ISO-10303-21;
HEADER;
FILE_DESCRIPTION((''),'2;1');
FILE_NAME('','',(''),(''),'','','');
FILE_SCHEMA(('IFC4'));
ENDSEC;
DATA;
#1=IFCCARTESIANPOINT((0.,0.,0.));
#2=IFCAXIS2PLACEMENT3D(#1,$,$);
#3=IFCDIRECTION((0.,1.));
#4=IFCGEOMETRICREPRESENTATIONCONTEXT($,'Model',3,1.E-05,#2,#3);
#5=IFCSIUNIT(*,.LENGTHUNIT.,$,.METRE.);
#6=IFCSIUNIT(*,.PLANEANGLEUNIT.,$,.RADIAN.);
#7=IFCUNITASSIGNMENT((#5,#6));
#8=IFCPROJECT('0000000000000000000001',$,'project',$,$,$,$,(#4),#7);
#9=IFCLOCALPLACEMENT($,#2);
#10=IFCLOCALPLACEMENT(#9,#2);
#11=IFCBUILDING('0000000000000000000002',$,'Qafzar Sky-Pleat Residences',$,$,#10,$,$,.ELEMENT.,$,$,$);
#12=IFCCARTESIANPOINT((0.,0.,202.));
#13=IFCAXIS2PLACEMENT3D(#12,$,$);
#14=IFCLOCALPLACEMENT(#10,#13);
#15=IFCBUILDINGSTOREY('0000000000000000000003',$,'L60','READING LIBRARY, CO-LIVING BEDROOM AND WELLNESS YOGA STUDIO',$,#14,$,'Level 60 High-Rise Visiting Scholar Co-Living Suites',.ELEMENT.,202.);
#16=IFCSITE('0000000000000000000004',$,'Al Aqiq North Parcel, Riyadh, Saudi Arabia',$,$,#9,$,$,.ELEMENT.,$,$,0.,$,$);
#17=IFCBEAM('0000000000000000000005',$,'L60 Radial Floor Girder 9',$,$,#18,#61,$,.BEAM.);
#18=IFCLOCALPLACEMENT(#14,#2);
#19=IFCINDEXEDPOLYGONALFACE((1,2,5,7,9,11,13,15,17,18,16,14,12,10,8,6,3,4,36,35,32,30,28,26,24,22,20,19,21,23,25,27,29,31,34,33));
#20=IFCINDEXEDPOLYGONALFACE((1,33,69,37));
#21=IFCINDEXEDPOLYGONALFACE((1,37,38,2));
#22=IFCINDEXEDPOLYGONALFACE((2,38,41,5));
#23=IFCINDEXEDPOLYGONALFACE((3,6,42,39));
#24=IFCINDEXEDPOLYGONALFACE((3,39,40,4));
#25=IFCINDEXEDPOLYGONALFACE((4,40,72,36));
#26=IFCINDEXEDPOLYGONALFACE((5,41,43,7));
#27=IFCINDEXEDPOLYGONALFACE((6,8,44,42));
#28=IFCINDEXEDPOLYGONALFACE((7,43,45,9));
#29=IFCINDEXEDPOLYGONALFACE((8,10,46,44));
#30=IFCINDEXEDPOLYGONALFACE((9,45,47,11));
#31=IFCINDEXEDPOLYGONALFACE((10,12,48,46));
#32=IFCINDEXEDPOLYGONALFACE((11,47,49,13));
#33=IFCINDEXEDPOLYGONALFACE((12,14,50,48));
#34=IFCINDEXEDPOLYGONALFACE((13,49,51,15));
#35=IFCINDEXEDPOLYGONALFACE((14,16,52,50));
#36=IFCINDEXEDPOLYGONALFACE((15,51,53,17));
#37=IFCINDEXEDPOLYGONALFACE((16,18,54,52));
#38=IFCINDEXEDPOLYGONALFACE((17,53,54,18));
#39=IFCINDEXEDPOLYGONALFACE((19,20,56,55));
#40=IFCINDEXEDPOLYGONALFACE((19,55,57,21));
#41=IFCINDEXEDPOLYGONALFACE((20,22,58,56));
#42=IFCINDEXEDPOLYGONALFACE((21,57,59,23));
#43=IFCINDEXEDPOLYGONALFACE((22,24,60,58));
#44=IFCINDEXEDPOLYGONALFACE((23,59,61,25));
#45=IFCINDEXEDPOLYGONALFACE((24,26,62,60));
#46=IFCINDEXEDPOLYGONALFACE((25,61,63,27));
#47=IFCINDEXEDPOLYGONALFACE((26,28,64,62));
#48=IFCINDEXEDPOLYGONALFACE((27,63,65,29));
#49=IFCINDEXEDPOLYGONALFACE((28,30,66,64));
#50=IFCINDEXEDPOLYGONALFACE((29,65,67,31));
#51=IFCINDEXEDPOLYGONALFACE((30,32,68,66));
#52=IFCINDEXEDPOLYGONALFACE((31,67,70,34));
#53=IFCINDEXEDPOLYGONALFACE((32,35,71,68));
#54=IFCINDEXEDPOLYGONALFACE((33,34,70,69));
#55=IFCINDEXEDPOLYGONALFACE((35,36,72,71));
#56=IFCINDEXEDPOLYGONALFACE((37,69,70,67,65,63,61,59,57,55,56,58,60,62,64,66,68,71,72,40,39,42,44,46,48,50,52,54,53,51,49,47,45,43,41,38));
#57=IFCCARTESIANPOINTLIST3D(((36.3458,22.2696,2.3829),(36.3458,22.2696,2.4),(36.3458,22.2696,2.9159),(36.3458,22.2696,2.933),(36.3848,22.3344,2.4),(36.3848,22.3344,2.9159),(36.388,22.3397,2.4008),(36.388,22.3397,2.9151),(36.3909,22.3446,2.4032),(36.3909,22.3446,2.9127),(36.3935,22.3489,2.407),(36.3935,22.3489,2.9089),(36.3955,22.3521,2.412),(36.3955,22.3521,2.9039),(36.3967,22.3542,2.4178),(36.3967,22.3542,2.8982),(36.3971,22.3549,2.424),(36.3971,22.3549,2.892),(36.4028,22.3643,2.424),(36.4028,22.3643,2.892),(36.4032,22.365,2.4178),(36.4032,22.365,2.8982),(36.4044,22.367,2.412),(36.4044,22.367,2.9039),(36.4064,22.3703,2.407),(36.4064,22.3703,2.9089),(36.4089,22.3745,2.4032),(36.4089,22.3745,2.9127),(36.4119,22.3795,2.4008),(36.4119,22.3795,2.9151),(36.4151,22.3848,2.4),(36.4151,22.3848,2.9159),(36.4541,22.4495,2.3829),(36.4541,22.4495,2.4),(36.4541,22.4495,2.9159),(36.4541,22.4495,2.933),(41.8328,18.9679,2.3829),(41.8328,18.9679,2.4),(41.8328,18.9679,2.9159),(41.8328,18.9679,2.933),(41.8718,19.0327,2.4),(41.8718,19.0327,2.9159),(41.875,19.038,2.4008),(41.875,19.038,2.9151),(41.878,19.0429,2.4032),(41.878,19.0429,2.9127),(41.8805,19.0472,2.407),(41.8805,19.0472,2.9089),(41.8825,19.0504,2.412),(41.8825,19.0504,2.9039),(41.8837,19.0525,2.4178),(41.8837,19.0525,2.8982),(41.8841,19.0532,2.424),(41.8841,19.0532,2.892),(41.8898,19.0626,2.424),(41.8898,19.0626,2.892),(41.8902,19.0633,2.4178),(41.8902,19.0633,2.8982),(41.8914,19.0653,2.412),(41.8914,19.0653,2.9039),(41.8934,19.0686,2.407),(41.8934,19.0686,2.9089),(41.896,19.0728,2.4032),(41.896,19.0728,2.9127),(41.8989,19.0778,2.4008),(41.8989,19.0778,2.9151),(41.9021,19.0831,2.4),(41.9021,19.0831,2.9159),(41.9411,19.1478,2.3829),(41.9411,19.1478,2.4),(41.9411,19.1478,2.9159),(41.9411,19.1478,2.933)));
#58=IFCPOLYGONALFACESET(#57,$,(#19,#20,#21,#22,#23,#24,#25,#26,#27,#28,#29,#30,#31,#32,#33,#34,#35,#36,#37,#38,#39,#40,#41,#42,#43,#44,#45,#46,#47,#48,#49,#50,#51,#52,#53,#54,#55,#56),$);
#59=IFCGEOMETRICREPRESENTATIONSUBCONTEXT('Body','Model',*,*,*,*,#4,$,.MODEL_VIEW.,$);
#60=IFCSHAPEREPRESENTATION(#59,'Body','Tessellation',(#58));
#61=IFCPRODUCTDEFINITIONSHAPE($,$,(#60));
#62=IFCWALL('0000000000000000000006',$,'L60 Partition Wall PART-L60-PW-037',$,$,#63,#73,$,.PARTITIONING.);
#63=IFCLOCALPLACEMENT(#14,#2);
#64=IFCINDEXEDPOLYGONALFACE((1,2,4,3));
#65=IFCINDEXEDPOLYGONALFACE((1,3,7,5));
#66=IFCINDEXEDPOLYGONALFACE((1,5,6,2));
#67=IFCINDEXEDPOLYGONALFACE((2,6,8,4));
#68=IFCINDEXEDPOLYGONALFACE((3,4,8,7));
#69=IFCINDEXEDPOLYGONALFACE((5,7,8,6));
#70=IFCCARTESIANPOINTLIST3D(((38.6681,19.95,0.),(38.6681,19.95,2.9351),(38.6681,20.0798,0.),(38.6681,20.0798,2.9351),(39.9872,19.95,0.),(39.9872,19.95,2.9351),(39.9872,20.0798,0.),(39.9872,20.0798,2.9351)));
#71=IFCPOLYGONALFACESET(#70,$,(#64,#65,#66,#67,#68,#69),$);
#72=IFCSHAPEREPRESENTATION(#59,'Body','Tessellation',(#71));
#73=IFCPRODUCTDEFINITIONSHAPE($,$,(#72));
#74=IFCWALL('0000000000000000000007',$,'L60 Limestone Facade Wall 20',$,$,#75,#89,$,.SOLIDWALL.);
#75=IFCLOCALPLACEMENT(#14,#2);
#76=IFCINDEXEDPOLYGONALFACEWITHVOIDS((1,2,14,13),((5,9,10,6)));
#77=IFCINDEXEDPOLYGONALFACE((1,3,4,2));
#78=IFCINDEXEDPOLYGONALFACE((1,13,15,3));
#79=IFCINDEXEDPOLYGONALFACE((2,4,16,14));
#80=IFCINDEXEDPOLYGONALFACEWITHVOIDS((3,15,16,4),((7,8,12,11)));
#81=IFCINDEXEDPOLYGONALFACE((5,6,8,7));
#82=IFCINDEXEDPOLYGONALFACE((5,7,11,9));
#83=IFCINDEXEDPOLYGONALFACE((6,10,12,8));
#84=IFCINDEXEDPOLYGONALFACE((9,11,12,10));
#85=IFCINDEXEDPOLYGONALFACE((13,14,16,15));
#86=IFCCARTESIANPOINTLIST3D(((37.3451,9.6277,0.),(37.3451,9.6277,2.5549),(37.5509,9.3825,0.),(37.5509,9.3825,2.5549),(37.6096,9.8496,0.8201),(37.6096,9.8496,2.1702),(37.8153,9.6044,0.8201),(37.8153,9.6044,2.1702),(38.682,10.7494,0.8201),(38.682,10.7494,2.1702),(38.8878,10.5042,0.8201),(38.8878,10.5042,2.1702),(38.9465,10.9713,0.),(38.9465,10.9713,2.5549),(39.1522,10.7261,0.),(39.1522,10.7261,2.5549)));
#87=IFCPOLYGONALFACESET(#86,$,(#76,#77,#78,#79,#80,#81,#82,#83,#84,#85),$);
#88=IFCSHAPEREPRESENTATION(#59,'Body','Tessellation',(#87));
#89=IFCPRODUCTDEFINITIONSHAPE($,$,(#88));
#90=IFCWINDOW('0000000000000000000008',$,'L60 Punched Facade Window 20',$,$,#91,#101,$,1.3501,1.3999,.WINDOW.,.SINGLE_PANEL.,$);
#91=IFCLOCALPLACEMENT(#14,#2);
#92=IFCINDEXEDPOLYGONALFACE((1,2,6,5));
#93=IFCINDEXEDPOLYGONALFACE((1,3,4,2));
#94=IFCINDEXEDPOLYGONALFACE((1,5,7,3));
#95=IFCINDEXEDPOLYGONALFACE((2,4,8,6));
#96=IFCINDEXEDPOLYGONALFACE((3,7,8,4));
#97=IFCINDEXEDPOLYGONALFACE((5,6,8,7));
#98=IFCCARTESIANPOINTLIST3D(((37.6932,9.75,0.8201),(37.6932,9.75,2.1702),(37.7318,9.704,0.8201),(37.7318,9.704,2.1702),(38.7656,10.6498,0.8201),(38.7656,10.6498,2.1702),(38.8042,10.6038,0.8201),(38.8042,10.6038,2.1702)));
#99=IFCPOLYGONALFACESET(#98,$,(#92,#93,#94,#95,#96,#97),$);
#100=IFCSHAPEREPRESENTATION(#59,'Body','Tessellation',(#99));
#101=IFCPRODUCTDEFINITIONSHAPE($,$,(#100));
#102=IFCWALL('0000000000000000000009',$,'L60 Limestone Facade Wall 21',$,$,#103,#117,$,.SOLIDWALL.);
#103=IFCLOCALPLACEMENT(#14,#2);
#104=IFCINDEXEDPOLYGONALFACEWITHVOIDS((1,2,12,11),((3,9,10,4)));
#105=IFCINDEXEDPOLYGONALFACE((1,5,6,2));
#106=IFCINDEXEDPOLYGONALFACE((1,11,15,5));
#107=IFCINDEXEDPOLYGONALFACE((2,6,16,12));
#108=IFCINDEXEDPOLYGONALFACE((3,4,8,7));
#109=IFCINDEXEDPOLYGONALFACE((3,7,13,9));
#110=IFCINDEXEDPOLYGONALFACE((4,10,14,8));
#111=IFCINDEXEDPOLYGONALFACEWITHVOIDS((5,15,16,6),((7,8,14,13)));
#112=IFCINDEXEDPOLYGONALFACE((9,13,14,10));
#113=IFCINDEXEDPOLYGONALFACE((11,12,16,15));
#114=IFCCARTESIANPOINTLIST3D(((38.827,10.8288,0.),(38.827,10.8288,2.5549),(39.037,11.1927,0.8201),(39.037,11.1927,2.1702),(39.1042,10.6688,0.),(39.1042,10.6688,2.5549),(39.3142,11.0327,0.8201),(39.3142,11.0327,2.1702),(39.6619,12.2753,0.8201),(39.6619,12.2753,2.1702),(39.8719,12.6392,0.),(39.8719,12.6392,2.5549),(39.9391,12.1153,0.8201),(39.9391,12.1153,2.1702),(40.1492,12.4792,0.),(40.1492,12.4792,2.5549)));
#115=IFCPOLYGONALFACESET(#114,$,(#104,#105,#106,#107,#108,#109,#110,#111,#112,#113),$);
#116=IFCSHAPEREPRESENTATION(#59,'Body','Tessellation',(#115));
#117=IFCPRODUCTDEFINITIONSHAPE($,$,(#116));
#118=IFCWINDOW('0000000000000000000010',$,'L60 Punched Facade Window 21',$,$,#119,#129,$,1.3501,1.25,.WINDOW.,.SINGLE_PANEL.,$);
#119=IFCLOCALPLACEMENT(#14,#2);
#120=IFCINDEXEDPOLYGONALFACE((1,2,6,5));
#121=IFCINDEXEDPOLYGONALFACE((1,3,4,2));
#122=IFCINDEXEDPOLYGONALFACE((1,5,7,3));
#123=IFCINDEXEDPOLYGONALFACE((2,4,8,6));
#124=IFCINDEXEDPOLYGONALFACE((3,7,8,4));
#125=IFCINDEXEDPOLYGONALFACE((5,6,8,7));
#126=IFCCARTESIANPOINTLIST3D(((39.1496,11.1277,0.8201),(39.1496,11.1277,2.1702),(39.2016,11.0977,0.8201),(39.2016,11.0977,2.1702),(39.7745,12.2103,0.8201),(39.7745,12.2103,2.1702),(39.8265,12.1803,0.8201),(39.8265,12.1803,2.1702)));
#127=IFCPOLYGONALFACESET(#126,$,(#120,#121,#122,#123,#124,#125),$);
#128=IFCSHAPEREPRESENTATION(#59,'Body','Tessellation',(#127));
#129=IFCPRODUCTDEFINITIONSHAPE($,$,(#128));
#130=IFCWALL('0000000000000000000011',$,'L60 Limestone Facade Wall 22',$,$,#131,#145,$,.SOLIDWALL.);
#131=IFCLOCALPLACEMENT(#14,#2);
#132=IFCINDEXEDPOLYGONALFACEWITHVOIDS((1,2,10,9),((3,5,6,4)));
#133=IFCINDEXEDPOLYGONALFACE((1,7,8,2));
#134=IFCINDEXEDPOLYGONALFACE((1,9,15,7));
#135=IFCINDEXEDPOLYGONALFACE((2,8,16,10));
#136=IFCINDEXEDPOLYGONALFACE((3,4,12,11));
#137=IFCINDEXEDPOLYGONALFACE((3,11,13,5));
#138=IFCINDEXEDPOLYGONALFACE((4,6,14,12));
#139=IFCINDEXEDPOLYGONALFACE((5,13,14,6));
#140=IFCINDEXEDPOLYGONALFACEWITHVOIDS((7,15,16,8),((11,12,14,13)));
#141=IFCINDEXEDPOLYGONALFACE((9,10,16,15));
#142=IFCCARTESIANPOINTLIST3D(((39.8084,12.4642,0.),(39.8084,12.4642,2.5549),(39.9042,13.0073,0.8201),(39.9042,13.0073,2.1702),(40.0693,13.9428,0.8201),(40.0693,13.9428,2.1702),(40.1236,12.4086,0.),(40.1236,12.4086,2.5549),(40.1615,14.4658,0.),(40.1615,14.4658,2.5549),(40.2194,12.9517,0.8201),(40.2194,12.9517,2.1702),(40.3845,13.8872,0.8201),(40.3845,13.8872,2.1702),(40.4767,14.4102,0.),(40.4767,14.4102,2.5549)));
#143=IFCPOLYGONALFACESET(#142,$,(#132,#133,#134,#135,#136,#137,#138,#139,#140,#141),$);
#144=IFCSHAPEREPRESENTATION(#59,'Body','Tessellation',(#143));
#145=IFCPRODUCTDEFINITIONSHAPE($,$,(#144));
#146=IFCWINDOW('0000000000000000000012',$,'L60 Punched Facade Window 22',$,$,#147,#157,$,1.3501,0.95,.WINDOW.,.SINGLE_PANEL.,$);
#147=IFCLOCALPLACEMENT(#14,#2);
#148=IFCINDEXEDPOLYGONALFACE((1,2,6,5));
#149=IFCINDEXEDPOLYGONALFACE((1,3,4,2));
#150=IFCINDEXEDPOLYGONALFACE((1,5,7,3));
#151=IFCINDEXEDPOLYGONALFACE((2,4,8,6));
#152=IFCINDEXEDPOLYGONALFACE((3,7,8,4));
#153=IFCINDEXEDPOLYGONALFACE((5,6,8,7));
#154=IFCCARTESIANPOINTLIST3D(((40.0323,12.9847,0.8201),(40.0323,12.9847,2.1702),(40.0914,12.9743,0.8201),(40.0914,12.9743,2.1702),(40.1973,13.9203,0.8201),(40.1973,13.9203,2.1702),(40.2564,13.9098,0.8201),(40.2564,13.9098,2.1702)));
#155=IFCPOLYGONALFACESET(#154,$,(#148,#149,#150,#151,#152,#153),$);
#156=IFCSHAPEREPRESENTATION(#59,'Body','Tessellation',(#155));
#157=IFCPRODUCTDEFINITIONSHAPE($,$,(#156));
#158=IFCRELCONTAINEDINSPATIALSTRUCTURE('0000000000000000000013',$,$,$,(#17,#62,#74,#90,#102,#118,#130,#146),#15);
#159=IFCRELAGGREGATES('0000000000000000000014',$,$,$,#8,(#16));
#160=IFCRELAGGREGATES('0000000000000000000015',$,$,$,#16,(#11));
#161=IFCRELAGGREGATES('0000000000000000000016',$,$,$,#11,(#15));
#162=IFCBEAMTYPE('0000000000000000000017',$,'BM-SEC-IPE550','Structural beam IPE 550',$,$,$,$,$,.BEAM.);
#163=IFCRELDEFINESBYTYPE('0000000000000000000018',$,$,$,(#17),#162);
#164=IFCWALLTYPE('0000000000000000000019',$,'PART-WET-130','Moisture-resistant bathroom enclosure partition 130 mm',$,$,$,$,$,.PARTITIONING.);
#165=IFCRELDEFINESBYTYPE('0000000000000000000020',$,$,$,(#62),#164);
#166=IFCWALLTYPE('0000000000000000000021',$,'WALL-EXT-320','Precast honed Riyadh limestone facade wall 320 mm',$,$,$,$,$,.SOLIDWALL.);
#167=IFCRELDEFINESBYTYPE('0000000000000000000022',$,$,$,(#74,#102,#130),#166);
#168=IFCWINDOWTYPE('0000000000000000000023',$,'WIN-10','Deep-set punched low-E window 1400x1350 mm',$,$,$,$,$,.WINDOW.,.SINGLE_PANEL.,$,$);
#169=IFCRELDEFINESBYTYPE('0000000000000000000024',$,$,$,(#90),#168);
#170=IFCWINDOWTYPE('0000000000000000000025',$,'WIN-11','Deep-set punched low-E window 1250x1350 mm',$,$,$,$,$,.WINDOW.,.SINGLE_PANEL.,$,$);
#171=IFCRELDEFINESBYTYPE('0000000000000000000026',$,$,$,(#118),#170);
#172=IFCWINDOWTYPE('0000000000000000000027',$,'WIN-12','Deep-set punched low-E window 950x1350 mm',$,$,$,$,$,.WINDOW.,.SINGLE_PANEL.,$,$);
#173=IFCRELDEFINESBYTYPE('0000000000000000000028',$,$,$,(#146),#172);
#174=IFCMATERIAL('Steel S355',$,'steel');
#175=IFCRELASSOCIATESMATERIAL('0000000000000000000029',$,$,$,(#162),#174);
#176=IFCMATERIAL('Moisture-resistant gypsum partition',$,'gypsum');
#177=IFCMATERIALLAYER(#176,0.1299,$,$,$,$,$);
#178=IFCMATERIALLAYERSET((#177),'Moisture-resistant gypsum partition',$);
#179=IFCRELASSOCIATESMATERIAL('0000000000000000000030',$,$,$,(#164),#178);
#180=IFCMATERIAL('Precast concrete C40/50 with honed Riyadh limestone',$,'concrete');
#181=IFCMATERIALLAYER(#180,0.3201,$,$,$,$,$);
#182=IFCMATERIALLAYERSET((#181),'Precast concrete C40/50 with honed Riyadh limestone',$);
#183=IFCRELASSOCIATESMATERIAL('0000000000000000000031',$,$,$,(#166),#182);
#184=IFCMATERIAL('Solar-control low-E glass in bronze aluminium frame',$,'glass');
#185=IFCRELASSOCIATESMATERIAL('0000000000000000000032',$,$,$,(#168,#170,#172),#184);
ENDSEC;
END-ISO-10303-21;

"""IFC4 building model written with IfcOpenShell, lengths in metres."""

from ifc_helpers import new_model, si_unit, direction, frame, frame_2d, origin, origin_2d, place, context, subcontext, project, spatial, rectangle, i_section, extrude, source, transform, mapped, material, layer, layer_set, material_profile, profile_set, type_object, element, fill, save


model = new_model("IFC4")

# Units and contexts
model_context = context("Model", 3, precision=1e-05, world=origin(), true_north=direction((0.0, 1.0)))
body_context = subcontext(model_context, "Body", "Model", "MODEL_VIEW")
ifc_project = project(units=[si_unit("LENGTHUNIT", "METRE"), si_unit("PLANEANGLEUNIT", "RADIAN")], contexts=[model_context])

# Site, building, storey
site_placement = place(None, origin())
site = spatial("IfcSite", under=ifc_project, at=site_placement, Name="Al Aqiq North Parcel, Riyadh, Saudi Arabia", CompositionType="ELEMENT", RefElevation=0.0)
building_placement = place(site_placement, origin())
building = spatial("IfcBuilding", under=site, at=building_placement, Name="Qafzar Sky-Pleat Residences", CompositionType="ELEMENT")
storey_placement = place(building_placement, frame((0.0, 0.0, 202.0)))
storey = spatial("IfcBuildingStorey", under=building, at=storey_placement, Name="L60", Description="READING LIBRARY, CO-LIVING BEDROOM AND WELLNESS YOGA STUDIO", LongName="Level 60 High-Rise Visiting Scholar Co-Living Suites", CompositionType="ELEMENT", Elevation=202.0)

# Shared definitions
ifc_material_1 = material(Name="Steel S355", Category="steel")

# Beam
ifc_material_profile_1 = material_profile(ifc_material_1, i_section(OverallWidth=0.21, OverallDepth=0.55, WebThickness=0.011, FlangeThickness=0.0171, FilletRadius=0.0239, at=origin_2d()), Name="IPE 550")
ifc_profile_set_1 = profile_set([ifc_material_profile_1], Name="Steel S355")
beam_type_1 = type_object("IfcBeamType", Name="BM-SEC-IPE550", Description="Structural beam IPE 550", PredefinedType="BEAM", material=ifc_profile_set_1)
shared_shape_1 = source(origin(), body_context, "Body", "SweptSolid", [
    extrude(i_section(OverallWidth=0.21, OverallDepth=0.55, WebThickness=0.011, FlangeThickness=0.0171, FilletRadius=0.0239, at=origin_2d()), origin(), (0.0, 0.0, 1.0), 6.4038),
])
beam_1_placement = place(storey_placement, frame((41.887, 19.0579, 2.658), z_axis=(-0.856836, 0.515589, 0.0), x_axis=(-0.515589, -0.856836, 0.0)))
element("IfcBeam", 1, at=beam_1_placement, inside=storey, type_object=beam_type_1, Name="L60 Radial Floor Girder 9", PredefinedType="BEAM", context=body_context, shape_type="MappedRepresentation", body=[
    mapped(shared_shape_1, transform((0.0, 0.0, 0.0), x_axis=(1.0, 0.0, 0.0), y_axis=(0.0, 1.0, 0.0), z_axis=(0.0, 0.0, 1.0), scale=1.0)),
])

# Wall
ifc_material_2 = material(Name="Moisture-resistant gypsum partition", Category="gypsum")
ifc_layer_1 = layer(ifc_material_2, 0.1299)
ifc_layer_set_1 = layer_set([ifc_layer_1], Name="Moisture-resistant gypsum partition")
wall_type_1 = type_object("IfcWallType", Name="PART-WET-130", Description="Moisture-resistant bathroom enclosure partition 130 mm", PredefinedType="PARTITIONING", material=ifc_layer_set_1)
wall_1_placement = place(storey_placement, frame((38.668, 20.0149, 0.0), z_axis=(0.0, 0.0, 1.0), x_axis=(1.0, 0.0, 0.0)))
element("IfcWall", 2, at=wall_1_placement, inside=storey, type_object=wall_type_1, Name="L60 Partition Wall PART-L60-PW-037", PredefinedType="PARTITIONING", context=body_context, shape_type="SweptSolid", body=[
    extrude(rectangle(XDim=1.3191, YDim=0.1299, at=frame_2d((0.6597, 0.0))), origin(), (0.0, 0.0, 1.0), 2.9351),
])

# Walls, openings, windows
ifc_material_3 = material(Name="Precast concrete C40/50 with honed Riyadh limestone", Category="concrete")
ifc_layer_2 = layer(ifc_material_3, 0.3201)
ifc_layer_set_2 = layer_set([ifc_layer_2], Name="Precast concrete C40/50 with honed Riyadh limestone")
wall_type_2 = type_object("IfcWallType", Name="WALL-EXT-320", Description="Precast honed Riyadh limestone facade wall 320 mm", PredefinedType="SOLIDWALL", material=ifc_layer_set_2)
wall_2_placement = place(storey_placement, frame((37.448, 9.5051, 0.0), z_axis=(0.0, 0.0, 1.0), x_axis=(0.766082, 0.642743, 0.0)))
wall_2 = element("IfcWall", 3, at=wall_2_placement, inside=storey, type_object=wall_type_2, Name="L60 Limestone Facade Wall 20", PredefinedType="SOLIDWALL", context=body_context, shape_type="SweptSolid", body=[
    extrude(rectangle(XDim=2.0903, YDim=0.3201, at=frame_2d((1.0452, 0.0))), origin(), (0.0, 0.0, 1.0), 2.5549),
])
opening_1_placement = place(wall_2_placement, frame((0.3452, 0.0, 0.8201)))
opening_1 = element("IfcOpeningElement", 4, at=opening_1_placement, cuts=wall_2, PredefinedType="OPENING", context=body_context, shape_type="SweptSolid", body=[
    extrude(rectangle(XDim=1.3999, YDim=1.3501, at=frame_2d((0.7, 0.675))), frame((0.0, 0.1699, 0.0), z_axis=(0.0, -1.0, 0.0), x_axis=(1.0, 0.0, 0.0)), (0.0, 0.0, 1.0), 0.3401),
])
ifc_material_4 = material(Name="Solar-control low-E glass in bronze aluminium frame", Category="glass")
window_type_1 = type_object("IfcWindowType", Name="WIN-10", Description="Deep-set punched low-E window 1400x1350 mm", PartitioningType="SINGLE_PANEL", PredefinedType="WINDOW", material=ifc_material_4)
shared_shape_2 = source(origin(), body_context, "Body", "SweptSolid", [
    extrude(rectangle(XDim=1.3999, YDim=1.3501, at=frame_2d((0.7, 0.675))), frame((0.0, 0.03, 0.0), z_axis=(0.0, -1.0, 0.0), x_axis=(1.0, 0.0, 0.0)), (0.0, 0.0, 1.0), 0.0601),
])
window_1_placement = place(opening_1_placement, origin())
window_1 = element("IfcWindow", 5, at=window_1_placement, inside=storey, type_object=window_type_1, Name="L60 Punched Facade Window 20", OverallHeight=1.3501, OverallWidth=1.3999, PartitioningType="SINGLE_PANEL", PredefinedType="WINDOW", context=body_context, shape_type="MappedRepresentation", body=[
    mapped(shared_shape_2, transform((0.0, 0.0, 0.0), x_axis=(1.0, 0.0, 0.0), y_axis=(0.0, 1.0, 0.0), z_axis=(0.0, 0.0, 1.0), scale=1.0)),
])
fill(opening_1, window_1)
wall_3_placement = place(storey_placement, frame((38.9656, 10.7488, 0.0), z_axis=(0.0, 0.0, 1.0), x_axis=(0.499908, 0.866079, 0.0)))
wall_3 = element("IfcWall", 6, at=wall_3_placement, inside=storey, type_object=wall_type_2, Name="L60 Limestone Facade Wall 21", PredefinedType="SOLIDWALL", context=body_context, shape_type="SweptSolid", body=[
    extrude(rectangle(XDim=2.0903, YDim=0.3201, at=frame_2d((1.0452, 0.0))), origin(), (0.0, 0.0, 1.0), 2.5549),
])
opening_2_placement = place(wall_3_placement, frame((0.4202, 0.0, 0.8201)))
opening_2 = element("IfcOpeningElement", 7, at=opening_2_placement, cuts=wall_3, PredefinedType="OPENING", context=body_context, shape_type="SweptSolid", body=[
    extrude(rectangle(XDim=1.25, YDim=1.3501, at=frame_2d((0.625, 0.675))), frame((0.0, 0.1699, 0.0), z_axis=(0.0, -1.0, 0.0), x_axis=(1.0, 0.0, 0.0)), (0.0, 0.0, 1.0), 0.3401),
])
window_type_2 = type_object("IfcWindowType", Name="WIN-11", Description="Deep-set punched low-E window 1250x1350 mm", PartitioningType="SINGLE_PANEL", PredefinedType="WINDOW", material=ifc_material_4)
shared_shape_3 = source(origin(), body_context, "Body", "SweptSolid", [
    extrude(rectangle(XDim=1.25, YDim=1.3501, at=frame_2d((0.625, 0.675))), frame((0.0, 0.03, 0.0), z_axis=(0.0, -1.0, 0.0), x_axis=(1.0, 0.0, 0.0)), (0.0, 0.0, 1.0), 0.0601),
])
window_2_placement = place(opening_2_placement, origin())
window_2 = element("IfcWindow", 8, at=window_2_placement, inside=storey, type_object=window_type_2, Name="L60 Punched Facade Window 21", OverallHeight=1.3501, OverallWidth=1.25, PartitioningType="SINGLE_PANEL", PredefinedType="WINDOW", context=body_context, shape_type="MappedRepresentation", body=[
    mapped(shared_shape_3, transform((0.0, 0.0, 0.0), x_axis=(1.0, 0.0, 0.0), y_axis=(0.0, 1.0, 0.0), z_axis=(0.0, 0.0, 1.0), scale=1.0)),
])
fill(opening_2, window_2)
wall_4_placement = place(storey_placement, frame((39.9661, 12.4365, 0.0), z_axis=(0.0, 0.0, 1.0), x_axis=(0.173703, 0.984798, 0.0)))
wall_4 = element("IfcWall", 9, at=wall_4_placement, inside=storey, type_object=wall_type_2, Name="L60 Limestone Facade Wall 22", PredefinedType="SOLIDWALL", context=body_context, shape_type="SweptSolid", body=[
    extrude(rectangle(XDim=2.0325, YDim=0.3201, at=frame_2d((1.0161, 0.0))), origin(), (0.0, 0.0, 1.0), 2.5549),
])
opening_3_placement = place(wall_4_placement, frame((0.5513, 0.0, 0.8201)))
opening_3 = element("IfcOpeningElement", 10, at=opening_3_placement, cuts=wall_4, PredefinedType="OPENING", context=body_context, shape_type="SweptSolid", body=[
    extrude(rectangle(XDim=0.95, YDim=1.3501, at=frame_2d((0.4751, 0.675))), frame((0.0, 0.1699, 0.0), z_axis=(0.0, -1.0, 0.0), x_axis=(1.0, 0.0, 0.0)), (0.0, 0.0, 1.0), 0.3401),
])
window_type_3 = type_object("IfcWindowType", Name="WIN-12", Description="Deep-set punched low-E window 950x1350 mm", PartitioningType="SINGLE_PANEL", PredefinedType="WINDOW", material=ifc_material_4)
shared_shape_4 = source(origin(), body_context, "Body", "SweptSolid", [
    extrude(rectangle(XDim=0.95, YDim=1.3501, at=frame_2d((0.4751, 0.675))), frame((0.0, 0.03, 0.0), z_axis=(0.0, -1.0, 0.0), x_axis=(1.0, 0.0, 0.0)), (0.0, 0.0, 1.0), 0.0601),
])
window_3_placement = place(opening_3_placement, origin())
window_3 = element("IfcWindow", 11, at=window_3_placement, inside=storey, type_object=window_type_3, Name="L60 Punched Facade Window 22", OverallHeight=1.3501, OverallWidth=0.95, PartitioningType="SINGLE_PANEL", PredefinedType="WINDOW", context=body_context, shape_type="MappedRepresentation", body=[
    mapped(shared_shape_4, transform((0.0, 0.0, 0.0), x_axis=(1.0, 0.0, 0.0), y_axis=(0.0, 1.0, 0.0), z_axis=(0.0, 0.0, 1.0), scale=1.0)),
])
fill(opening_3, window_3)

save(model, "model.ifc")
